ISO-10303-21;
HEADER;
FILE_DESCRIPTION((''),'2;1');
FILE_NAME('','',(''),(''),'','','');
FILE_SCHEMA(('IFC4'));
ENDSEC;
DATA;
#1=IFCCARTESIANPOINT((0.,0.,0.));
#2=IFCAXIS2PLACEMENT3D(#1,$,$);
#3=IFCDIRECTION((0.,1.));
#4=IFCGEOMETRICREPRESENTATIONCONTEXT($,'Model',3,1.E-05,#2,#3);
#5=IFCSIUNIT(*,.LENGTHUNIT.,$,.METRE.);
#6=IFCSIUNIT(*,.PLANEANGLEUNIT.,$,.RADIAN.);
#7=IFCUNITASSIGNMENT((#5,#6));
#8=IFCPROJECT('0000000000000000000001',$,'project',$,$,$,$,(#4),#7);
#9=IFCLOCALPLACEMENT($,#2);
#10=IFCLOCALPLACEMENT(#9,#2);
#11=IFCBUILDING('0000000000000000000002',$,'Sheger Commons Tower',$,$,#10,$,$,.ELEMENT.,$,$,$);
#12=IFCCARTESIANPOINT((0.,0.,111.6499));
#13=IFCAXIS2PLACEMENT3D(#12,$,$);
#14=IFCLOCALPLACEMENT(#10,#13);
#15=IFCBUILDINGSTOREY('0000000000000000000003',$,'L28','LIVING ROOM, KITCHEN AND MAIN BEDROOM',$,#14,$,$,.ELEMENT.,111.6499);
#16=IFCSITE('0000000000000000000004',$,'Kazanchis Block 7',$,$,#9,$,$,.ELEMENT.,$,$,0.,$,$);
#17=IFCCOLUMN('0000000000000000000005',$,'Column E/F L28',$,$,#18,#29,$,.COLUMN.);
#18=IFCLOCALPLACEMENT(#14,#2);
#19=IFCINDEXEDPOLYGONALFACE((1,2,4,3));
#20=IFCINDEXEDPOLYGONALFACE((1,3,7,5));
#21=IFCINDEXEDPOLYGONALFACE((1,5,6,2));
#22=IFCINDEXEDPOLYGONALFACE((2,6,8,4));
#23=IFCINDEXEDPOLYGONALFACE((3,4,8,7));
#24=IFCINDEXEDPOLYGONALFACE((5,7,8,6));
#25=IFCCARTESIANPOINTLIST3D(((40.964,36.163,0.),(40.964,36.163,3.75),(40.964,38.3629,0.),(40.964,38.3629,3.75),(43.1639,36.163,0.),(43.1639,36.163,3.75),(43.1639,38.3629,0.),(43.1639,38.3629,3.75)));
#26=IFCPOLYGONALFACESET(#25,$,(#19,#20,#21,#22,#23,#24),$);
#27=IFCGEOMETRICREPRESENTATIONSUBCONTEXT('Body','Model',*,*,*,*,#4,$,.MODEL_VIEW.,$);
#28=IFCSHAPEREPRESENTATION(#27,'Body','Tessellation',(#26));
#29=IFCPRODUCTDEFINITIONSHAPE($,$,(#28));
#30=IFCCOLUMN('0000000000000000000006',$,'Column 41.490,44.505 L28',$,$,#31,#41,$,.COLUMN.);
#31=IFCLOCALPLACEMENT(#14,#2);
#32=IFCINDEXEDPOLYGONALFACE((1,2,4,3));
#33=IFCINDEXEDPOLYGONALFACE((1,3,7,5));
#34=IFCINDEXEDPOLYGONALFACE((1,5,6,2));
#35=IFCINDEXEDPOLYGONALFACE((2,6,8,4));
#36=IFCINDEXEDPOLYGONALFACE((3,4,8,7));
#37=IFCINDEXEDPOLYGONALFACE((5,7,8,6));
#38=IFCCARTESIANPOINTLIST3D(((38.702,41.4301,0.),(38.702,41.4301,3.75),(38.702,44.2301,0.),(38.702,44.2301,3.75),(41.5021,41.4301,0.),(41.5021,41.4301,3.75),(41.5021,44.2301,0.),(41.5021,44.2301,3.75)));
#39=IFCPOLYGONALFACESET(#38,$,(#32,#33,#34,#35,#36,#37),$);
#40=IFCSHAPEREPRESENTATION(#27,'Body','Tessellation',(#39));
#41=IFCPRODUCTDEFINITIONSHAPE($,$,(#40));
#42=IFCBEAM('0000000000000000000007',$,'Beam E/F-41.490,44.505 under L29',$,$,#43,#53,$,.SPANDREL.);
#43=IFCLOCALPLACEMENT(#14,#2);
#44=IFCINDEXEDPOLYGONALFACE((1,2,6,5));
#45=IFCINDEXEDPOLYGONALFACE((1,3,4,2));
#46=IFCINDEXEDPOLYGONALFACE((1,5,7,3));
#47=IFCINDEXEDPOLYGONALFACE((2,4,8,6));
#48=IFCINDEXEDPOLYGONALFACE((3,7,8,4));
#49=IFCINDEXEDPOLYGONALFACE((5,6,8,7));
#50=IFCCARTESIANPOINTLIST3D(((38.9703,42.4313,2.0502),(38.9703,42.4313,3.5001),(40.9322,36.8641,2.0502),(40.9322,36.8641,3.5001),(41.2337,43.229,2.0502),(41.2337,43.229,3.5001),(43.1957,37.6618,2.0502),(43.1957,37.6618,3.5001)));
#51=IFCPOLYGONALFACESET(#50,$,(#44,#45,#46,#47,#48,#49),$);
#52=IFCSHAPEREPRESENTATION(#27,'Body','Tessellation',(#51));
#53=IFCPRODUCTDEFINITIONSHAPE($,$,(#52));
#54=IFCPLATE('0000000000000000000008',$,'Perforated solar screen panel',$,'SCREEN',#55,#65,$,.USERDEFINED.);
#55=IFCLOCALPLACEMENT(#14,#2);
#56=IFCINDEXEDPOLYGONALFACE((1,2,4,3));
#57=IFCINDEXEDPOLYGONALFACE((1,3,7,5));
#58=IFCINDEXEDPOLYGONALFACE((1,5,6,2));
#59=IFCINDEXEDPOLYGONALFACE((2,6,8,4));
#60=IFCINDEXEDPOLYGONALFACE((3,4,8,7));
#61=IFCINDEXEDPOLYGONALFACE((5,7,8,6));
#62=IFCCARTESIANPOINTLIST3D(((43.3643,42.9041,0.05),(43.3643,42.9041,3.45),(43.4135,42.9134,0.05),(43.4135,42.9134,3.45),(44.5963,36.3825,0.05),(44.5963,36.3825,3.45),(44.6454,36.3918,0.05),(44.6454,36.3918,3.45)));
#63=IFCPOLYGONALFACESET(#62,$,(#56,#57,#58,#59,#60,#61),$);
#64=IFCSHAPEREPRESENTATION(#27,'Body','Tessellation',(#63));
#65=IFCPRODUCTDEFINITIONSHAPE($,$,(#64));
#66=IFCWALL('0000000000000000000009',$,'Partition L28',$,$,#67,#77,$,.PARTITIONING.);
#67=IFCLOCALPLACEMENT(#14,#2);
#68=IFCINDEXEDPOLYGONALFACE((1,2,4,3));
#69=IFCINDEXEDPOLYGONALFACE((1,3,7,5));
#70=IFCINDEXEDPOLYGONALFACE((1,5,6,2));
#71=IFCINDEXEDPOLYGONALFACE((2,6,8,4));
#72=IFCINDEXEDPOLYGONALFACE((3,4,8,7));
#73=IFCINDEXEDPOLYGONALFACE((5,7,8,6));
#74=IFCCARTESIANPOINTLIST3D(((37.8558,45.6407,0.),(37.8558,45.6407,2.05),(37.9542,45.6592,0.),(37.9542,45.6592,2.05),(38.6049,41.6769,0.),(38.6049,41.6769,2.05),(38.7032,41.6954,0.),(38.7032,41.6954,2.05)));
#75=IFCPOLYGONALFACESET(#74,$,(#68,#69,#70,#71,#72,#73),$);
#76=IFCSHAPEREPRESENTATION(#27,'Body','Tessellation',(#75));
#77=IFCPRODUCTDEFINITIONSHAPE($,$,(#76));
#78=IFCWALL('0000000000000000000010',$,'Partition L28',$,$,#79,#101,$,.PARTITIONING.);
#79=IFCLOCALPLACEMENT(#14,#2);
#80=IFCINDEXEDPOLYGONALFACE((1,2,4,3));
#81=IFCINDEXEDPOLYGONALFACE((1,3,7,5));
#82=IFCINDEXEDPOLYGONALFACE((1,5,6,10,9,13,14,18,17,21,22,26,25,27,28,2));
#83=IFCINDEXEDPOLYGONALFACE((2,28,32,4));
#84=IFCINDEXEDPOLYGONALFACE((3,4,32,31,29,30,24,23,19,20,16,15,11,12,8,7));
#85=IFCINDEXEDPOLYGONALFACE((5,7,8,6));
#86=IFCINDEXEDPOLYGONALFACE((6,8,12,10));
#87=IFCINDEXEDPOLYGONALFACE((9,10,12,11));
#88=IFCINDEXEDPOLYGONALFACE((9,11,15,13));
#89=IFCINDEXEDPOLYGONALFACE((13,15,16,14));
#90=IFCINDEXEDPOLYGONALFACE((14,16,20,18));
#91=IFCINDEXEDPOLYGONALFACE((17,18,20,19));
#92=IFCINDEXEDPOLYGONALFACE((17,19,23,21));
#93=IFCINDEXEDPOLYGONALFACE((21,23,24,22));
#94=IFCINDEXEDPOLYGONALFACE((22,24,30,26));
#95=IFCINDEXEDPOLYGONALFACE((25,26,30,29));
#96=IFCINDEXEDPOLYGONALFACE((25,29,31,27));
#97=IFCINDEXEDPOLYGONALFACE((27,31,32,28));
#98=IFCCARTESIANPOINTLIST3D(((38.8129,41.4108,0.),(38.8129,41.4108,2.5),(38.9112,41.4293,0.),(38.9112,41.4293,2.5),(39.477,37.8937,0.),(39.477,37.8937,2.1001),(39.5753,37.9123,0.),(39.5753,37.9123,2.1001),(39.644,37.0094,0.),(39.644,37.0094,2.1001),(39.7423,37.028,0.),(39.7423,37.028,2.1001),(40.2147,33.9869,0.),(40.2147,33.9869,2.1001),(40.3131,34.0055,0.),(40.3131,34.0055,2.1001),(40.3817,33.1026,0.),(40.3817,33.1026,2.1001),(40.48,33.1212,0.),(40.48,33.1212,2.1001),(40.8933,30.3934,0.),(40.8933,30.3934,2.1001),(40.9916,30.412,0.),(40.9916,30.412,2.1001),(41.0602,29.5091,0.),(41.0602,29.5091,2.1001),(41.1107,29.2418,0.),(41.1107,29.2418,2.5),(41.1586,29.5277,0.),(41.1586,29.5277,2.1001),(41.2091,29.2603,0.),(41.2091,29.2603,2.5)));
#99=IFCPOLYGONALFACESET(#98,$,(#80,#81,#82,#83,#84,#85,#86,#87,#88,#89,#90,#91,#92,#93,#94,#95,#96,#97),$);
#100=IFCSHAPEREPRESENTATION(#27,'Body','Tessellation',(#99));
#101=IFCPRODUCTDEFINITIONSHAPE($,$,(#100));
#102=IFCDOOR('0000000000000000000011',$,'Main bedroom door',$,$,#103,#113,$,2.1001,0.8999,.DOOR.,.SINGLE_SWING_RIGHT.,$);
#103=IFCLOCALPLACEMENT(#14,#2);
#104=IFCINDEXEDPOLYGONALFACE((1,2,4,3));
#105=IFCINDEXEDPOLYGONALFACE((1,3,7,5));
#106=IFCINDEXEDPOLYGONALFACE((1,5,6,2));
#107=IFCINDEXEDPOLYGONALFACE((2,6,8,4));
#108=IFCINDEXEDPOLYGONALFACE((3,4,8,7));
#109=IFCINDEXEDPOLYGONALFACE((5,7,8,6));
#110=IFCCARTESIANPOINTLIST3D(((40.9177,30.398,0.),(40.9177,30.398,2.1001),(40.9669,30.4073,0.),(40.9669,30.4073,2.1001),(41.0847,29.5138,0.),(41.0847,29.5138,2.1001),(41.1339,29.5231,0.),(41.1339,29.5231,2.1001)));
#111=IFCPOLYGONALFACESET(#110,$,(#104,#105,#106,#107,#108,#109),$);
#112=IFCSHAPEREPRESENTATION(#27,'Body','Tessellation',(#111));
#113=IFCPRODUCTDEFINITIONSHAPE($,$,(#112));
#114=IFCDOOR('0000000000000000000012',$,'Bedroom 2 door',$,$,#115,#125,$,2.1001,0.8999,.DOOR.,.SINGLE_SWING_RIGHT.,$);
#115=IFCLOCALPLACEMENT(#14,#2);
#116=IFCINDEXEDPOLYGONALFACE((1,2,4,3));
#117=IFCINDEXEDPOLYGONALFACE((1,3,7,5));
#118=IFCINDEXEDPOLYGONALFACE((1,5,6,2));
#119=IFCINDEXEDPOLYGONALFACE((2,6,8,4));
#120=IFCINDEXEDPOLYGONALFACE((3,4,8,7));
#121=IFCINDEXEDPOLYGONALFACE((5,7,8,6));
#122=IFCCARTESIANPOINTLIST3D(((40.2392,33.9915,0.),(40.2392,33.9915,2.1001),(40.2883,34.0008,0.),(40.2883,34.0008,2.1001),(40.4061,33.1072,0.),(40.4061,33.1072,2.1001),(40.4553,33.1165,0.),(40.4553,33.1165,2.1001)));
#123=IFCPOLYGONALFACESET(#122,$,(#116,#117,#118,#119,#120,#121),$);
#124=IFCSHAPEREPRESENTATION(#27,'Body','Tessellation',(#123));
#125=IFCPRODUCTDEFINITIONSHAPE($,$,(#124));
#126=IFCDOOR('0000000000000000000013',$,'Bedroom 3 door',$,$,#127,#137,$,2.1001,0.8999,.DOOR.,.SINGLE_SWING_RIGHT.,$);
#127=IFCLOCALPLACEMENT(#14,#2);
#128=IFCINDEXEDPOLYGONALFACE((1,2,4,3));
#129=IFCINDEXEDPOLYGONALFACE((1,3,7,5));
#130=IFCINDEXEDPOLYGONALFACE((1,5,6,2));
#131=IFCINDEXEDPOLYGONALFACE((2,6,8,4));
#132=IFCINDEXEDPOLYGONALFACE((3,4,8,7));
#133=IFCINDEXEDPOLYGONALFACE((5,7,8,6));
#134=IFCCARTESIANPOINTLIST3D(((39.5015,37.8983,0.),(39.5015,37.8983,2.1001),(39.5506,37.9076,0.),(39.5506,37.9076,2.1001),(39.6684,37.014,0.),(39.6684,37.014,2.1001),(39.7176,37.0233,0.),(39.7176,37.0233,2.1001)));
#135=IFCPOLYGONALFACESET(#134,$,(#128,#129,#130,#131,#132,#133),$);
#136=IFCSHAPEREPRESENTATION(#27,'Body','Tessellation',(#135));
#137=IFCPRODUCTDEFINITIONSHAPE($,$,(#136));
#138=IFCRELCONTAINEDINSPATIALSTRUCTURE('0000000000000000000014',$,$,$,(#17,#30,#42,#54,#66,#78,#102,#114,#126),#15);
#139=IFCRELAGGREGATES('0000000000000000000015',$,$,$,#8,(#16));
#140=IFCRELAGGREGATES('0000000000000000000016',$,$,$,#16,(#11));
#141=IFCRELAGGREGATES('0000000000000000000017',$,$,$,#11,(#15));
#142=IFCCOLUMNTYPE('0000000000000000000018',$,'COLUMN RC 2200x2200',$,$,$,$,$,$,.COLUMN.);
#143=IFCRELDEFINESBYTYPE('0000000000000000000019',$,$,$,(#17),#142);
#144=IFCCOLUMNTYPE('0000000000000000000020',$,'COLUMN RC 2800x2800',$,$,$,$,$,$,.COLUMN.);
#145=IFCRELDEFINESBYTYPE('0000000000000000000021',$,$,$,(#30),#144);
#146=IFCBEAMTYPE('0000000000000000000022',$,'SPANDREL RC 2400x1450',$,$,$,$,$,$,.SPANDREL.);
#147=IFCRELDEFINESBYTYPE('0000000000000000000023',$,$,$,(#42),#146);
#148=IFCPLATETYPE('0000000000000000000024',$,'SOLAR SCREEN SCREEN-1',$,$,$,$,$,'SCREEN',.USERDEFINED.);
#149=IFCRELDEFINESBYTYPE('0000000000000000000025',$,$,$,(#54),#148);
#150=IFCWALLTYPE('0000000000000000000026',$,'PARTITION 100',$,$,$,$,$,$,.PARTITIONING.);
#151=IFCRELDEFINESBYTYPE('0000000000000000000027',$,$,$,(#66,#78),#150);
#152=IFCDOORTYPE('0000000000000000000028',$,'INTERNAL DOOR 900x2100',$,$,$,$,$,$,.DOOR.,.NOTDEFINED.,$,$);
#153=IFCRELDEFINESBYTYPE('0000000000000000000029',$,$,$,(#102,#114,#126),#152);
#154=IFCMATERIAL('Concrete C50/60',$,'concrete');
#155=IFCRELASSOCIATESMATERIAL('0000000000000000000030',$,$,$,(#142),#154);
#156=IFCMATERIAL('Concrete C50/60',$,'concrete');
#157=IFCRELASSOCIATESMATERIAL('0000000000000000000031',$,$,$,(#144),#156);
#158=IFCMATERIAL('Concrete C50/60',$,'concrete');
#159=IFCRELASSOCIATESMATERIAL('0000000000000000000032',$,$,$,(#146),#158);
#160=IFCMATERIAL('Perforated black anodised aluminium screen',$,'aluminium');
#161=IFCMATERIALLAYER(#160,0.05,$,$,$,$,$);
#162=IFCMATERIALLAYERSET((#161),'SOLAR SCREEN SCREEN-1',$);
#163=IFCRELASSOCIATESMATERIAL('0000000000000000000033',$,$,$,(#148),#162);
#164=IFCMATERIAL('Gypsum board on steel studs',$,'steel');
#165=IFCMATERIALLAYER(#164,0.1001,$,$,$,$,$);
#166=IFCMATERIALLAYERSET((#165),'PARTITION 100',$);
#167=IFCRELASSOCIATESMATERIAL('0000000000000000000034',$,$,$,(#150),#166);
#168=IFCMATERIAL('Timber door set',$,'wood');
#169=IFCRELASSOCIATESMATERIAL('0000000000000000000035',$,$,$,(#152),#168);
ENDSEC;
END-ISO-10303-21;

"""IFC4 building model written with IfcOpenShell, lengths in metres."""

from ifc_helpers import new_model, si_unit, direction, frame, frame_2d, origin, origin_2d, place, context, subcontext, project, spatial, rectangle, extrude, material, layer, layer_set, material_profile, profile_set, type_object, element, fill, save


model = new_model("IFC4")

# Units and contexts
model_context = context("Model", 3, precision=1e-05, world=origin(), true_north=direction((0.0, 1.0)))
body_context = subcontext(model_context, "Body", "Model", "MODEL_VIEW")
ifc_project = project(units=[si_unit("LENGTHUNIT", "METRE"), si_unit("PLANEANGLEUNIT", "RADIAN")], contexts=[model_context])

# Site, building, storey
site_placement = place(None, origin())
site = spatial("IfcSite", under=ifc_project, at=site_placement, Name="Kazanchis Block 7", CompositionType="ELEMENT", RefElevation=0.0)
building_placement = place(site_placement, origin())
building = spatial("IfcBuilding", under=site, at=building_placement, Name="Sheger Commons Tower", CompositionType="ELEMENT")
storey_placement = place(building_placement, frame((0.0, 0.0, 111.6499)))
storey = spatial("IfcBuildingStorey", under=building, at=storey_placement, Name="L28", Description="LIVING ROOM, KITCHEN AND MAIN BEDROOM", CompositionType="ELEMENT", Elevation=111.6499)

# Columns
ifc_material_1 = material(Name="Concrete C50/60", Category="concrete")
ifc_material_profile_1 = material_profile(ifc_material_1, rectangle(XDim=2.2, YDim=2.2, at=origin_2d()), Name="RC 2200x2200")
ifc_profile_set_1 = profile_set([ifc_material_profile_1], Name="Concrete C50/60")
column_type_1 = type_object("IfcColumnType", Name="COLUMN RC 2200x2200", PredefinedType="COLUMN", material=ifc_profile_set_1)
column_1_placement = place(storey_placement, frame((42.064, 37.2629, 0.0), z_axis=(0.0, 0.0, 1.0), x_axis=(1.0, 0.0, 0.0)))
element("IfcColumn", 1, at=column_1_placement, inside=storey, type_object=column_type_1, Name="Column E/F L28", PredefinedType="COLUMN", context=body_context, shape_type="SweptSolid", body=[
    extrude(rectangle(XDim=2.2, YDim=2.2, at=origin_2d()), origin(), (0.0, 0.0, 1.0), 3.75),
])
ifc_material_2 = material(Name="Concrete C50/60", Category="concrete")
ifc_material_profile_2 = material_profile(ifc_material_2, rectangle(XDim=2.8, YDim=2.8, at=origin_2d()), Name="RC 2800x2800")
ifc_profile_set_2 = profile_set([ifc_material_profile_2], Name="Concrete C50/60")
column_type_2 = type_object("IfcColumnType", Name="COLUMN RC 2800x2800", PredefinedType="COLUMN", material=ifc_profile_set_2)
column_2_placement = place(storey_placement, frame((40.1021, 42.8301, 0.0), z_axis=(0.0, 0.0, 1.0), x_axis=(1.0, 0.0, 0.0)))
element("IfcColumn", 2, at=column_2_placement, inside=storey, type_object=column_type_2, Name="Column 41.490,44.505 L28", PredefinedType="COLUMN", context=body_context, shape_type="SweptSolid", body=[
    extrude(rectangle(XDim=2.8, YDim=2.8, at=origin_2d()), origin(), (0.0, 0.0, 1.0), 3.75),
])

# Beam
ifc_material_3 = material(Name="Concrete C50/60", Category="concrete")
ifc_material_profile_3 = material_profile(ifc_material_3, rectangle(XDim=2.3999, YDim=1.45, at=origin_2d()), Name="RC 2400x1450")
ifc_profile_set_3 = profile_set([ifc_material_profile_3], Name="Concrete C50/60")
beam_type = type_object("IfcBeamType", Name="SPANDREL RC 2400x1450", PredefinedType="SPANDREL", material=ifc_profile_set_3)
beam_placement = place(storey_placement, frame((42.064, 37.2629, 2.7751), z_axis=(-0.332374, 0.943148, 0.0), x_axis=(-0.943148, -0.332374, 0.0)))
element("IfcBeam", 3, at=beam_placement, inside=storey, type_object=beam_type, Name="Beam E/F-41.490,44.505 under L29", PredefinedType="SPANDREL", context=body_context, shape_type="SweptSolid", body=[
    extrude(rectangle(XDim=2.3999, YDim=1.45, at=origin_2d()), origin(), (0.0, 0.0, 1.0), 5.9028),
])

# Plate
ifc_material_4 = material(Name="Perforated black anodised aluminium screen", Category="aluminium")
ifc_layer_1 = layer(ifc_material_4, 0.05)
ifc_layer_set_1 = layer_set([ifc_layer_1], Name="SOLAR SCREEN SCREEN-1")
plate_type = type_object("IfcPlateType", Name="SOLAR SCREEN SCREEN-1", ElementType="SCREEN", PredefinedType="USERDEFINED", material=ifc_layer_set_1)
plate_placement = place(storey_placement, frame((44.0049, 39.6479, 0.05), z_axis=(0.0, 0.0, 1.0), x_axis=(-0.185615, 0.982623, 0.0)))
element("IfcPlate", 4, at=plate_placement, inside=storey, type_object=plate_type, Name="Perforated solar screen panel", ObjectType="SCREEN", PredefinedType="USERDEFINED", context=body_context, shape_type="SweptSolid", body=[
    extrude(rectangle(XDim=6.637, YDim=0.05, at=origin_2d()), origin(), (0.0, 0.0, 1.0), 3.3999),
])

# Wall
ifc_material_5 = material(Name="Gypsum board on steel studs", Category="steel")
ifc_layer_2 = layer(ifc_material_5, 0.1001)
ifc_layer_set_2 = layer_set([ifc_layer_2], Name="PARTITION 100")
wall_type = type_object("IfcWallType", Name="PARTITION 100", PredefinedType="PARTITIONING", material=ifc_layer_set_2)
wall_1_placement = place(storey_placement, frame((38.6541, 41.686, 0.0), z_axis=(0.0, 0.0, 1.0), x_axis=(-0.185677, 0.982611, 0.0)))
element("IfcWall", 5, at=wall_1_placement, inside=storey, type_object=wall_type, Name="Partition L28", PredefinedType="PARTITIONING", context=body_context, shape_type="SweptSolid", body=[
    extrude(rectangle(XDim=4.0339, YDim=0.1001, at=frame_2d((2.0171, 0.0))), origin(), (0.0, 0.0, 1.0), 2.05),
])

# Wall, openings, doors
wall_2_placement = place(storey_placement, frame((38.8621, 41.4199, 0.0), z_axis=(0.0, 0.0, 1.0), x_axis=(0.18555, -0.982635, 0.0)))
wall_2 = element("IfcWall", 6, at=wall_2_placement, inside=storey, type_object=wall_type, Name="Partition L28", PredefinedType="PARTITIONING", context=body_context, shape_type="SweptSolid", body=[
    extrude(rectangle(XDim=12.384, YDim=0.1001, at=frame_2d((6.1919, 0.0))), origin(), (0.0, 0.0, 1.0), 2.5),
])
opening_1_placement = place(wall_2_placement, frame((11.2119, 0.0, 0.0)))
opening_1 = element("IfcOpeningElement", 7, at=opening_1_placement, cuts=wall_2, PredefinedType="OPENING", context=body_context, shape_type="SweptSolid", body=[
    extrude(rectangle(XDim=0.8999, YDim=2.1001, at=frame_2d((0.45, 1.05))), frame((0.0, 0.0601, 0.0), z_axis=(0.0, -1.0, 0.0), x_axis=(1.0, 0.0, 0.0)), (0.0, 0.0, 1.0), 0.1201),
])
opening_2_placement = place(wall_2_placement, frame((7.5549, 0.0, 0.0)))
opening_2 = element("IfcOpeningElement", 8, at=opening_2_placement, cuts=wall_2, PredefinedType="OPENING", context=body_context, shape_type="SweptSolid", body=[
    extrude(rectangle(XDim=0.8999, YDim=2.1001, at=frame_2d((0.45, 1.05))), frame((0.0, 0.0601, 0.0), z_axis=(0.0, -1.0, 0.0), x_axis=(1.0, 0.0, 0.0)), (0.0, 0.0, 1.0), 0.1201),
])
opening_3_placement = place(wall_2_placement, frame((3.5791, 0.0, 0.0)))
opening_3 = element("IfcOpeningElement", 9, at=opening_3_placement, cuts=wall_2, PredefinedType="OPENING", context=body_context, shape_type="SweptSolid", body=[
    extrude(rectangle(XDim=0.8999, YDim=2.1001, at=frame_2d((0.45, 1.05))), frame((0.0, 0.0601, 0.0), z_axis=(0.0, -1.0, 0.0), x_axis=(1.0, 0.0, 0.0)), (0.0, 0.0, 1.0), 0.1201),
])
ifc_material_6 = material(Name="Timber door set", Category="wood")
door_type = type_object("IfcDoorType", Name="INTERNAL DOOR 900x2100", OperationType="NOTDEFINED", PredefinedType="DOOR", material=ifc_material_6)
door_1_placement = place(opening_1_placement, origin())
door_1 = element("IfcDoor", 10, at=door_1_placement, inside=storey, type_object=door_type, Name="Main bedroom door", OperationType="SINGLE_SWING_RIGHT", OverallHeight=2.1001, OverallWidth=0.8999, PredefinedType="DOOR", context=body_context, shape_type="SweptSolid", body=[
    extrude(rectangle(XDim=0.8999, YDim=2.1001, at=frame_2d((0.45, 1.05))), frame((0.0, 0.0249, 0.0), z_axis=(0.0, -1.0, 0.0), x_axis=(1.0, 0.0, 0.0)), (0.0, 0.0, 1.0), 0.05),
])
fill(opening_1, door_1)
door_2_placement = place(opening_2_placement, origin())
door_2 = element("IfcDoor", 11, at=door_2_placement, inside=storey, type_object=door_type, Name="Bedroom 2 door", OperationType="SINGLE_SWING_RIGHT", OverallHeight=2.1001, OverallWidth=0.8999, PredefinedType="DOOR", context=body_context, shape_type="SweptSolid", body=[
    extrude(rectangle(XDim=0.8999, YDim=2.1001, at=frame_2d((0.45, 1.05))), frame((0.0, 0.0249, 0.0), z_axis=(0.0, -1.0, 0.0), x_axis=(1.0, 0.0, 0.0)), (0.0, 0.0, 1.0), 0.05),
])
fill(opening_2, door_2)
door_3_placement = place(opening_3_placement, origin())
door_3 = element("IfcDoor", 12, at=door_3_placement, inside=storey, type_object=door_type, Name="Bedroom 3 door", OperationType="SINGLE_SWING_RIGHT", OverallHeight=2.1001, OverallWidth=0.8999, PredefinedType="DOOR", context=body_context, shape_type="SweptSolid", body=[
    extrude(rectangle(XDim=0.8999, YDim=2.1001, at=frame_2d((0.45, 1.05))), frame((0.0, 0.0249, 0.0), z_axis=(0.0, -1.0, 0.0), x_axis=(1.0, 0.0, 0.0)), (0.0, 0.0, 1.0), 0.05),
])
fill(opening_3, door_3)

save(model, "model.ifc")
